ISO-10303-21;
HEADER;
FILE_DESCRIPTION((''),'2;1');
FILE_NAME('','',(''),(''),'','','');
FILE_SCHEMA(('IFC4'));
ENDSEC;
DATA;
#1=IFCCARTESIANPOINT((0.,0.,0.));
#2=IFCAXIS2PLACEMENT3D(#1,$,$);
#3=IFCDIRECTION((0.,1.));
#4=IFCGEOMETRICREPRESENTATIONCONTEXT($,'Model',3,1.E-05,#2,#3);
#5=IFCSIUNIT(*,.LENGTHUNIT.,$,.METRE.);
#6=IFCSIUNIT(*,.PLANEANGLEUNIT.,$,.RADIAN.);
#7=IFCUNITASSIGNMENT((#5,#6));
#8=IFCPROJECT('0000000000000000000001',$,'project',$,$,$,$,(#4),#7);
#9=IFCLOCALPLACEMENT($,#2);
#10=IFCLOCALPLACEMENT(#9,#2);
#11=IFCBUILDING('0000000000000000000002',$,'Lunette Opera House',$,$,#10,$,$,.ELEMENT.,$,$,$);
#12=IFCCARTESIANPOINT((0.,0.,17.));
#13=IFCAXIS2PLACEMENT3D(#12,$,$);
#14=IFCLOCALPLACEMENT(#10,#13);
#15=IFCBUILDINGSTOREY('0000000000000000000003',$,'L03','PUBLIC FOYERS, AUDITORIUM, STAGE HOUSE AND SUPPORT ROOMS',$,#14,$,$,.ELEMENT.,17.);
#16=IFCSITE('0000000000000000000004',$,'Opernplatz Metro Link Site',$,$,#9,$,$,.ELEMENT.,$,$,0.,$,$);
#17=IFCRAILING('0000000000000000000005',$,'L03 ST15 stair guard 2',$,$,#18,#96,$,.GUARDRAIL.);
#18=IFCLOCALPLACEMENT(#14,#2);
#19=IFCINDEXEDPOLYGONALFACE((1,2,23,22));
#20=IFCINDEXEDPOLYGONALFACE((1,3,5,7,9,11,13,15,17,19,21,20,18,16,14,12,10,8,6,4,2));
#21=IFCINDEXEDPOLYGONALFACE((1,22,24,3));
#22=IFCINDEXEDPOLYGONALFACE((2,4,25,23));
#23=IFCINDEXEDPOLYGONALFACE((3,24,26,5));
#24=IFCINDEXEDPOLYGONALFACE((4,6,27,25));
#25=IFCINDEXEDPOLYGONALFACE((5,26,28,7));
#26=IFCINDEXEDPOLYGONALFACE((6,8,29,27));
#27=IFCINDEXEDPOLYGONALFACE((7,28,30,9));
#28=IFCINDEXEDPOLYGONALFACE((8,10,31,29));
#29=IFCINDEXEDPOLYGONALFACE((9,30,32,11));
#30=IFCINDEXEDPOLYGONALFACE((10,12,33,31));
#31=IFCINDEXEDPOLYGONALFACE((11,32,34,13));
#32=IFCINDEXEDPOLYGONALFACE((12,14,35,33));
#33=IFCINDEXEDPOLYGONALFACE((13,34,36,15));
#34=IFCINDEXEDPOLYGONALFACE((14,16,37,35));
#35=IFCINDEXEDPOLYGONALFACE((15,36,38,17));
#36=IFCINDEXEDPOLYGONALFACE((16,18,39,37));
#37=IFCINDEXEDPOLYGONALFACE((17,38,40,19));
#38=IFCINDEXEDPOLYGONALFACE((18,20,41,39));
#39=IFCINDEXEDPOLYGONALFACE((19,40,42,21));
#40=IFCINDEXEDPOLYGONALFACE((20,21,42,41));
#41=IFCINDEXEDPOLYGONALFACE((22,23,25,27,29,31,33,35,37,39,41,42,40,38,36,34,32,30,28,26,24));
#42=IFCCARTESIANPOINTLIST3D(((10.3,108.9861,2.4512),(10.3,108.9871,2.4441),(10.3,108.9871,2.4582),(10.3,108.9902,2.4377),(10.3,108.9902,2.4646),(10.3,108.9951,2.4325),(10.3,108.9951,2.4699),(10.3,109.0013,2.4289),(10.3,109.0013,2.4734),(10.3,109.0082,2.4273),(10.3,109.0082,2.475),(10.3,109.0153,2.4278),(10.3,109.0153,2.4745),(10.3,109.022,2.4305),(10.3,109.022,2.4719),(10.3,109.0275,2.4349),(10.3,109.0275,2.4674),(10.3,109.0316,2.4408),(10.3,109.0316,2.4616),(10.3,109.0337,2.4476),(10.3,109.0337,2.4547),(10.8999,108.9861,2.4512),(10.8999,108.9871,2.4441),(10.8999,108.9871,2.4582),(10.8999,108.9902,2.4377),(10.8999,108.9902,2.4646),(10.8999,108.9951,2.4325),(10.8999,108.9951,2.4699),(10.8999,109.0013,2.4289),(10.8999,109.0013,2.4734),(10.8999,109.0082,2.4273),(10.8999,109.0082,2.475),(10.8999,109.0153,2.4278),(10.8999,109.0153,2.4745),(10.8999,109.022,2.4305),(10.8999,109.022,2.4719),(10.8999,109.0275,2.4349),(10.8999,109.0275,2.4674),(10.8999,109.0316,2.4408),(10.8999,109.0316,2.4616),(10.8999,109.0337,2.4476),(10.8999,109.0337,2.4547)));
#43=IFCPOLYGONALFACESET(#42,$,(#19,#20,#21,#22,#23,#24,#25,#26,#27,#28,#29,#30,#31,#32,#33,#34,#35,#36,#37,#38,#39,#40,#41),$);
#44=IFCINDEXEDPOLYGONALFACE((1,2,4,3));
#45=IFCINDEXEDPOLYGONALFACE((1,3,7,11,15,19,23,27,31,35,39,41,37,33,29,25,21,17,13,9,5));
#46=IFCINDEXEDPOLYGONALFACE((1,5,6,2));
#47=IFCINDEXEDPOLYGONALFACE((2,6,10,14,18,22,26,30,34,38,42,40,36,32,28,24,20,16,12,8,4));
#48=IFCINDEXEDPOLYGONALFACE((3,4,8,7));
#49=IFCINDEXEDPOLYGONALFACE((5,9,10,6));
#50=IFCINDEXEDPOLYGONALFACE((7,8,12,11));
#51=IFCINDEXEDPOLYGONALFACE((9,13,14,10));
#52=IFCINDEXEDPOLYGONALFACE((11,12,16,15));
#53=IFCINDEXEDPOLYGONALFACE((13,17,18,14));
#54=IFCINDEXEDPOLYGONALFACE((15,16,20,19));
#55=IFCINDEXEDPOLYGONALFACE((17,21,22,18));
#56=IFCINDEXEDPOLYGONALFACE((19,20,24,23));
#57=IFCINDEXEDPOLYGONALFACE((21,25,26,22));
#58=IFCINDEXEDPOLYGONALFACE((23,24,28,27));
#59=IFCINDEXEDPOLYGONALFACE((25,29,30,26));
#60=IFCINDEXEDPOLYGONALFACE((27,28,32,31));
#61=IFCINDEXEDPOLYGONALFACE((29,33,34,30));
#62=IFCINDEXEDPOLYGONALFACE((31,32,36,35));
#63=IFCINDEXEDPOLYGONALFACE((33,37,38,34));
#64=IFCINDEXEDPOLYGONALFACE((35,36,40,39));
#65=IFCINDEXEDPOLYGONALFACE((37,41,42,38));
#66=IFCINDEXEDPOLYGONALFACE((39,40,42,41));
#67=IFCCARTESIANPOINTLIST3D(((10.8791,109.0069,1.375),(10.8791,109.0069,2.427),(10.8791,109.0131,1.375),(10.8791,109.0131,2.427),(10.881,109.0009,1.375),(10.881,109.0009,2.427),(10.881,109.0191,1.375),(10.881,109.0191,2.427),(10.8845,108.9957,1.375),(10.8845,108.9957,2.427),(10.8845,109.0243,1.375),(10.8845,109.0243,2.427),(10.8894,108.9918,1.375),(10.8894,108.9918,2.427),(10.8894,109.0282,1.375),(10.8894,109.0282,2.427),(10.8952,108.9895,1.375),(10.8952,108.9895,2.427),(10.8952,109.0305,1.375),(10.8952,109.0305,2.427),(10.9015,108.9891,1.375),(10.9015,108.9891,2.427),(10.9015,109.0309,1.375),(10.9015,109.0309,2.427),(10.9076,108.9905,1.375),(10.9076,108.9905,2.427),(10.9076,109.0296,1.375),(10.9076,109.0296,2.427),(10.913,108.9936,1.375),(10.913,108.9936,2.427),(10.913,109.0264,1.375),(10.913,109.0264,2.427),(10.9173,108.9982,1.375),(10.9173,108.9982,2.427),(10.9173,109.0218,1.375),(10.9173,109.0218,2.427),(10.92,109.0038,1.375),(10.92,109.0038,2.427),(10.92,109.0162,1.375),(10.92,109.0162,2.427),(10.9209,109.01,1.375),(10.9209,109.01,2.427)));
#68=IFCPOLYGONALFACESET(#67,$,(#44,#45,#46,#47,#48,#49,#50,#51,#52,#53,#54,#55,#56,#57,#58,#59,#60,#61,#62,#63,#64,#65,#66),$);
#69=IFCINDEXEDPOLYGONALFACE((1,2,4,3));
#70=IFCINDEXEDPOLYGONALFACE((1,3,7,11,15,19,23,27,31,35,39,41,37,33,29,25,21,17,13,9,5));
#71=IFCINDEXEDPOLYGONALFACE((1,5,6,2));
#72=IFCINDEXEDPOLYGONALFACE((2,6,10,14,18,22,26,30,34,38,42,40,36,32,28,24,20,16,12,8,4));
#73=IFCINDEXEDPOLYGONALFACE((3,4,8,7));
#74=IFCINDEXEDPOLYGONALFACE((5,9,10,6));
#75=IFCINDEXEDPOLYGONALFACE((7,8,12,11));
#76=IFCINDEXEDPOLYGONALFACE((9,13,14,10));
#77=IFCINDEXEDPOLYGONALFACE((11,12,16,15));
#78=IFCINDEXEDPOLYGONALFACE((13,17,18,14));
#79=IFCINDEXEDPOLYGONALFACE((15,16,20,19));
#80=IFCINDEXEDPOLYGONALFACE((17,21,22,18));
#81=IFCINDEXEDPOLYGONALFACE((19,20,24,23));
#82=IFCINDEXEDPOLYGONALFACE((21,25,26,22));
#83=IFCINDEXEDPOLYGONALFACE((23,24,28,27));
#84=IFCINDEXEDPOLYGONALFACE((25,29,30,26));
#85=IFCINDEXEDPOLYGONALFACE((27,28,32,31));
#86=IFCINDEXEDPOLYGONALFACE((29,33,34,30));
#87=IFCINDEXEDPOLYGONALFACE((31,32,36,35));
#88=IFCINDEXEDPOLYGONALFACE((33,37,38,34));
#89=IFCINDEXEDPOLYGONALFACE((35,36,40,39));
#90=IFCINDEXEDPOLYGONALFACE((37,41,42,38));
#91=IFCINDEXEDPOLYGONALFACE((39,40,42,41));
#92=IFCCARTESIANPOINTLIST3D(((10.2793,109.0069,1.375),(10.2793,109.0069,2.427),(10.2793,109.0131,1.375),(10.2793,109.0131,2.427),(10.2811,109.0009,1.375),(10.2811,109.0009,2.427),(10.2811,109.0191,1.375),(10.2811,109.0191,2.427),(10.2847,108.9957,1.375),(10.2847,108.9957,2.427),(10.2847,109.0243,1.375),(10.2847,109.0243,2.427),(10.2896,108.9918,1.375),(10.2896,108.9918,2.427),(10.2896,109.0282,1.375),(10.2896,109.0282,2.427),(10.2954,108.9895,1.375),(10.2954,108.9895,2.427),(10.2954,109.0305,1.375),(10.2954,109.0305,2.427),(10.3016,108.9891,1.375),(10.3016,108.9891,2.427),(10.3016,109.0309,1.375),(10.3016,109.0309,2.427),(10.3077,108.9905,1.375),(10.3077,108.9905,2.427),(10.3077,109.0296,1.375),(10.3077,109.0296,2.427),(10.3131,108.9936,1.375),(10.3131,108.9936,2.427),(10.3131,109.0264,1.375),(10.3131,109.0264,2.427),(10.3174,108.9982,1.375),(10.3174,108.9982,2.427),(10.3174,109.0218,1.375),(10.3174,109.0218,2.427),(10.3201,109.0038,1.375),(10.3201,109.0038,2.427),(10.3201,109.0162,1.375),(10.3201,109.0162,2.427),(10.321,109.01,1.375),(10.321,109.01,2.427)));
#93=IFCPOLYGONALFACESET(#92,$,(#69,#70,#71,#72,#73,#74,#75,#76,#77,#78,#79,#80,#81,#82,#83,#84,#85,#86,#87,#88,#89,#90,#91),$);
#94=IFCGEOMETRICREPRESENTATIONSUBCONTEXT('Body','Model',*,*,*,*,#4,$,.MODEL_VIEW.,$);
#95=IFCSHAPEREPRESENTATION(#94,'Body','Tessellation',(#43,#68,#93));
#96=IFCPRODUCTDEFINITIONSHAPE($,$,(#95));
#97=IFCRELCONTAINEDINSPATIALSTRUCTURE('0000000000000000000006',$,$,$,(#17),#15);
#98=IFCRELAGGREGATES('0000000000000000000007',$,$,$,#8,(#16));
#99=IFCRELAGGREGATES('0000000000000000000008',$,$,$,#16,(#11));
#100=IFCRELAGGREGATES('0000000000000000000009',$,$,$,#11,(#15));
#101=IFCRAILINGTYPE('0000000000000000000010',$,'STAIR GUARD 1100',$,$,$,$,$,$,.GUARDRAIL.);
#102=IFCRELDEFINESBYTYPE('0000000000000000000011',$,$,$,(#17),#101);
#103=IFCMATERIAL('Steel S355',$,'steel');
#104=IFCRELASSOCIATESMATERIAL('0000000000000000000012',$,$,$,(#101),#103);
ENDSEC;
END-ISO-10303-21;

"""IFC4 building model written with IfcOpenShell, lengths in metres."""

from ifc_helpers import new_model, si_unit, direction, frame, origin, origin_2d, place, context, subcontext, project, spatial, circle, extrude, material, type_object, element, save


model = new_model("IFC4")

# Units and contexts
model_context = context("Model", 3, precision=1e-05, world=origin(), true_north=direction((0.0, 1.0)))
body_context = subcontext(model_context, "Body", "Model", "MODEL_VIEW")
ifc_project = project(units=[si_unit("LENGTHUNIT", "METRE"), si_unit("PLANEANGLEUNIT", "RADIAN")], contexts=[model_context])

# Site, building, storey
site_placement = place(None, origin())
site = spatial("IfcSite", under=ifc_project, at=site_placement, Name="Opernplatz Metro Link Site", CompositionType="ELEMENT", RefElevation=0.0)
building_placement = place(site_placement, origin())
building = spatial("IfcBuilding", under=site, at=building_placement, Name="Lunette Opera House", CompositionType="ELEMENT")
storey_placement = place(building_placement, frame((0.0, 0.0, 17.0)))
storey = spatial("IfcBuildingStorey", under=building, at=storey_placement, Name="L03", Description="PUBLIC FOYERS, AUDITORIUM, STAGE HOUSE AND SUPPORT ROOMS", CompositionType="ELEMENT", Elevation=17.0)

# Railing
ifc_material_1 = material(Name="Steel S355", Category="steel")
railing_type_1 = type_object("IfcRailingType", Name="STAIR GUARD 1100", PredefinedType="GUARDRAIL", material=ifc_material_1)
railing_1_placement = place(storey_placement, frame((10.8999, 109.01, 1.375)))
element("IfcRailing", 1, at=railing_1_placement, inside=storey, type_object=railing_type_1, Name="L03 ST15 stair guard 2", PredefinedType="GUARDRAIL", context=body_context, shape_type="SweptSolid", body=[
    extrude(circle(Radius=0.0239, at=origin_2d()), frame((0.0, 0.0, 1.0762), z_axis=(-1.0, 0.0, 0.0), x_axis=(0.0, -1.0, 0.0)), (0.0, 0.0, 1.0), 0.5999),
    extrude(circle(Radius=0.021, at=origin_2d()), origin(), (0.0, 0.0, 1.0), 1.052),
    extrude(circle(Radius=0.021, at=origin_2d()), frame((-0.5999, 0.0, 0.0)), (0.0, 0.0, 1.0), 1.052),
])

save(model, "model.ifc")
